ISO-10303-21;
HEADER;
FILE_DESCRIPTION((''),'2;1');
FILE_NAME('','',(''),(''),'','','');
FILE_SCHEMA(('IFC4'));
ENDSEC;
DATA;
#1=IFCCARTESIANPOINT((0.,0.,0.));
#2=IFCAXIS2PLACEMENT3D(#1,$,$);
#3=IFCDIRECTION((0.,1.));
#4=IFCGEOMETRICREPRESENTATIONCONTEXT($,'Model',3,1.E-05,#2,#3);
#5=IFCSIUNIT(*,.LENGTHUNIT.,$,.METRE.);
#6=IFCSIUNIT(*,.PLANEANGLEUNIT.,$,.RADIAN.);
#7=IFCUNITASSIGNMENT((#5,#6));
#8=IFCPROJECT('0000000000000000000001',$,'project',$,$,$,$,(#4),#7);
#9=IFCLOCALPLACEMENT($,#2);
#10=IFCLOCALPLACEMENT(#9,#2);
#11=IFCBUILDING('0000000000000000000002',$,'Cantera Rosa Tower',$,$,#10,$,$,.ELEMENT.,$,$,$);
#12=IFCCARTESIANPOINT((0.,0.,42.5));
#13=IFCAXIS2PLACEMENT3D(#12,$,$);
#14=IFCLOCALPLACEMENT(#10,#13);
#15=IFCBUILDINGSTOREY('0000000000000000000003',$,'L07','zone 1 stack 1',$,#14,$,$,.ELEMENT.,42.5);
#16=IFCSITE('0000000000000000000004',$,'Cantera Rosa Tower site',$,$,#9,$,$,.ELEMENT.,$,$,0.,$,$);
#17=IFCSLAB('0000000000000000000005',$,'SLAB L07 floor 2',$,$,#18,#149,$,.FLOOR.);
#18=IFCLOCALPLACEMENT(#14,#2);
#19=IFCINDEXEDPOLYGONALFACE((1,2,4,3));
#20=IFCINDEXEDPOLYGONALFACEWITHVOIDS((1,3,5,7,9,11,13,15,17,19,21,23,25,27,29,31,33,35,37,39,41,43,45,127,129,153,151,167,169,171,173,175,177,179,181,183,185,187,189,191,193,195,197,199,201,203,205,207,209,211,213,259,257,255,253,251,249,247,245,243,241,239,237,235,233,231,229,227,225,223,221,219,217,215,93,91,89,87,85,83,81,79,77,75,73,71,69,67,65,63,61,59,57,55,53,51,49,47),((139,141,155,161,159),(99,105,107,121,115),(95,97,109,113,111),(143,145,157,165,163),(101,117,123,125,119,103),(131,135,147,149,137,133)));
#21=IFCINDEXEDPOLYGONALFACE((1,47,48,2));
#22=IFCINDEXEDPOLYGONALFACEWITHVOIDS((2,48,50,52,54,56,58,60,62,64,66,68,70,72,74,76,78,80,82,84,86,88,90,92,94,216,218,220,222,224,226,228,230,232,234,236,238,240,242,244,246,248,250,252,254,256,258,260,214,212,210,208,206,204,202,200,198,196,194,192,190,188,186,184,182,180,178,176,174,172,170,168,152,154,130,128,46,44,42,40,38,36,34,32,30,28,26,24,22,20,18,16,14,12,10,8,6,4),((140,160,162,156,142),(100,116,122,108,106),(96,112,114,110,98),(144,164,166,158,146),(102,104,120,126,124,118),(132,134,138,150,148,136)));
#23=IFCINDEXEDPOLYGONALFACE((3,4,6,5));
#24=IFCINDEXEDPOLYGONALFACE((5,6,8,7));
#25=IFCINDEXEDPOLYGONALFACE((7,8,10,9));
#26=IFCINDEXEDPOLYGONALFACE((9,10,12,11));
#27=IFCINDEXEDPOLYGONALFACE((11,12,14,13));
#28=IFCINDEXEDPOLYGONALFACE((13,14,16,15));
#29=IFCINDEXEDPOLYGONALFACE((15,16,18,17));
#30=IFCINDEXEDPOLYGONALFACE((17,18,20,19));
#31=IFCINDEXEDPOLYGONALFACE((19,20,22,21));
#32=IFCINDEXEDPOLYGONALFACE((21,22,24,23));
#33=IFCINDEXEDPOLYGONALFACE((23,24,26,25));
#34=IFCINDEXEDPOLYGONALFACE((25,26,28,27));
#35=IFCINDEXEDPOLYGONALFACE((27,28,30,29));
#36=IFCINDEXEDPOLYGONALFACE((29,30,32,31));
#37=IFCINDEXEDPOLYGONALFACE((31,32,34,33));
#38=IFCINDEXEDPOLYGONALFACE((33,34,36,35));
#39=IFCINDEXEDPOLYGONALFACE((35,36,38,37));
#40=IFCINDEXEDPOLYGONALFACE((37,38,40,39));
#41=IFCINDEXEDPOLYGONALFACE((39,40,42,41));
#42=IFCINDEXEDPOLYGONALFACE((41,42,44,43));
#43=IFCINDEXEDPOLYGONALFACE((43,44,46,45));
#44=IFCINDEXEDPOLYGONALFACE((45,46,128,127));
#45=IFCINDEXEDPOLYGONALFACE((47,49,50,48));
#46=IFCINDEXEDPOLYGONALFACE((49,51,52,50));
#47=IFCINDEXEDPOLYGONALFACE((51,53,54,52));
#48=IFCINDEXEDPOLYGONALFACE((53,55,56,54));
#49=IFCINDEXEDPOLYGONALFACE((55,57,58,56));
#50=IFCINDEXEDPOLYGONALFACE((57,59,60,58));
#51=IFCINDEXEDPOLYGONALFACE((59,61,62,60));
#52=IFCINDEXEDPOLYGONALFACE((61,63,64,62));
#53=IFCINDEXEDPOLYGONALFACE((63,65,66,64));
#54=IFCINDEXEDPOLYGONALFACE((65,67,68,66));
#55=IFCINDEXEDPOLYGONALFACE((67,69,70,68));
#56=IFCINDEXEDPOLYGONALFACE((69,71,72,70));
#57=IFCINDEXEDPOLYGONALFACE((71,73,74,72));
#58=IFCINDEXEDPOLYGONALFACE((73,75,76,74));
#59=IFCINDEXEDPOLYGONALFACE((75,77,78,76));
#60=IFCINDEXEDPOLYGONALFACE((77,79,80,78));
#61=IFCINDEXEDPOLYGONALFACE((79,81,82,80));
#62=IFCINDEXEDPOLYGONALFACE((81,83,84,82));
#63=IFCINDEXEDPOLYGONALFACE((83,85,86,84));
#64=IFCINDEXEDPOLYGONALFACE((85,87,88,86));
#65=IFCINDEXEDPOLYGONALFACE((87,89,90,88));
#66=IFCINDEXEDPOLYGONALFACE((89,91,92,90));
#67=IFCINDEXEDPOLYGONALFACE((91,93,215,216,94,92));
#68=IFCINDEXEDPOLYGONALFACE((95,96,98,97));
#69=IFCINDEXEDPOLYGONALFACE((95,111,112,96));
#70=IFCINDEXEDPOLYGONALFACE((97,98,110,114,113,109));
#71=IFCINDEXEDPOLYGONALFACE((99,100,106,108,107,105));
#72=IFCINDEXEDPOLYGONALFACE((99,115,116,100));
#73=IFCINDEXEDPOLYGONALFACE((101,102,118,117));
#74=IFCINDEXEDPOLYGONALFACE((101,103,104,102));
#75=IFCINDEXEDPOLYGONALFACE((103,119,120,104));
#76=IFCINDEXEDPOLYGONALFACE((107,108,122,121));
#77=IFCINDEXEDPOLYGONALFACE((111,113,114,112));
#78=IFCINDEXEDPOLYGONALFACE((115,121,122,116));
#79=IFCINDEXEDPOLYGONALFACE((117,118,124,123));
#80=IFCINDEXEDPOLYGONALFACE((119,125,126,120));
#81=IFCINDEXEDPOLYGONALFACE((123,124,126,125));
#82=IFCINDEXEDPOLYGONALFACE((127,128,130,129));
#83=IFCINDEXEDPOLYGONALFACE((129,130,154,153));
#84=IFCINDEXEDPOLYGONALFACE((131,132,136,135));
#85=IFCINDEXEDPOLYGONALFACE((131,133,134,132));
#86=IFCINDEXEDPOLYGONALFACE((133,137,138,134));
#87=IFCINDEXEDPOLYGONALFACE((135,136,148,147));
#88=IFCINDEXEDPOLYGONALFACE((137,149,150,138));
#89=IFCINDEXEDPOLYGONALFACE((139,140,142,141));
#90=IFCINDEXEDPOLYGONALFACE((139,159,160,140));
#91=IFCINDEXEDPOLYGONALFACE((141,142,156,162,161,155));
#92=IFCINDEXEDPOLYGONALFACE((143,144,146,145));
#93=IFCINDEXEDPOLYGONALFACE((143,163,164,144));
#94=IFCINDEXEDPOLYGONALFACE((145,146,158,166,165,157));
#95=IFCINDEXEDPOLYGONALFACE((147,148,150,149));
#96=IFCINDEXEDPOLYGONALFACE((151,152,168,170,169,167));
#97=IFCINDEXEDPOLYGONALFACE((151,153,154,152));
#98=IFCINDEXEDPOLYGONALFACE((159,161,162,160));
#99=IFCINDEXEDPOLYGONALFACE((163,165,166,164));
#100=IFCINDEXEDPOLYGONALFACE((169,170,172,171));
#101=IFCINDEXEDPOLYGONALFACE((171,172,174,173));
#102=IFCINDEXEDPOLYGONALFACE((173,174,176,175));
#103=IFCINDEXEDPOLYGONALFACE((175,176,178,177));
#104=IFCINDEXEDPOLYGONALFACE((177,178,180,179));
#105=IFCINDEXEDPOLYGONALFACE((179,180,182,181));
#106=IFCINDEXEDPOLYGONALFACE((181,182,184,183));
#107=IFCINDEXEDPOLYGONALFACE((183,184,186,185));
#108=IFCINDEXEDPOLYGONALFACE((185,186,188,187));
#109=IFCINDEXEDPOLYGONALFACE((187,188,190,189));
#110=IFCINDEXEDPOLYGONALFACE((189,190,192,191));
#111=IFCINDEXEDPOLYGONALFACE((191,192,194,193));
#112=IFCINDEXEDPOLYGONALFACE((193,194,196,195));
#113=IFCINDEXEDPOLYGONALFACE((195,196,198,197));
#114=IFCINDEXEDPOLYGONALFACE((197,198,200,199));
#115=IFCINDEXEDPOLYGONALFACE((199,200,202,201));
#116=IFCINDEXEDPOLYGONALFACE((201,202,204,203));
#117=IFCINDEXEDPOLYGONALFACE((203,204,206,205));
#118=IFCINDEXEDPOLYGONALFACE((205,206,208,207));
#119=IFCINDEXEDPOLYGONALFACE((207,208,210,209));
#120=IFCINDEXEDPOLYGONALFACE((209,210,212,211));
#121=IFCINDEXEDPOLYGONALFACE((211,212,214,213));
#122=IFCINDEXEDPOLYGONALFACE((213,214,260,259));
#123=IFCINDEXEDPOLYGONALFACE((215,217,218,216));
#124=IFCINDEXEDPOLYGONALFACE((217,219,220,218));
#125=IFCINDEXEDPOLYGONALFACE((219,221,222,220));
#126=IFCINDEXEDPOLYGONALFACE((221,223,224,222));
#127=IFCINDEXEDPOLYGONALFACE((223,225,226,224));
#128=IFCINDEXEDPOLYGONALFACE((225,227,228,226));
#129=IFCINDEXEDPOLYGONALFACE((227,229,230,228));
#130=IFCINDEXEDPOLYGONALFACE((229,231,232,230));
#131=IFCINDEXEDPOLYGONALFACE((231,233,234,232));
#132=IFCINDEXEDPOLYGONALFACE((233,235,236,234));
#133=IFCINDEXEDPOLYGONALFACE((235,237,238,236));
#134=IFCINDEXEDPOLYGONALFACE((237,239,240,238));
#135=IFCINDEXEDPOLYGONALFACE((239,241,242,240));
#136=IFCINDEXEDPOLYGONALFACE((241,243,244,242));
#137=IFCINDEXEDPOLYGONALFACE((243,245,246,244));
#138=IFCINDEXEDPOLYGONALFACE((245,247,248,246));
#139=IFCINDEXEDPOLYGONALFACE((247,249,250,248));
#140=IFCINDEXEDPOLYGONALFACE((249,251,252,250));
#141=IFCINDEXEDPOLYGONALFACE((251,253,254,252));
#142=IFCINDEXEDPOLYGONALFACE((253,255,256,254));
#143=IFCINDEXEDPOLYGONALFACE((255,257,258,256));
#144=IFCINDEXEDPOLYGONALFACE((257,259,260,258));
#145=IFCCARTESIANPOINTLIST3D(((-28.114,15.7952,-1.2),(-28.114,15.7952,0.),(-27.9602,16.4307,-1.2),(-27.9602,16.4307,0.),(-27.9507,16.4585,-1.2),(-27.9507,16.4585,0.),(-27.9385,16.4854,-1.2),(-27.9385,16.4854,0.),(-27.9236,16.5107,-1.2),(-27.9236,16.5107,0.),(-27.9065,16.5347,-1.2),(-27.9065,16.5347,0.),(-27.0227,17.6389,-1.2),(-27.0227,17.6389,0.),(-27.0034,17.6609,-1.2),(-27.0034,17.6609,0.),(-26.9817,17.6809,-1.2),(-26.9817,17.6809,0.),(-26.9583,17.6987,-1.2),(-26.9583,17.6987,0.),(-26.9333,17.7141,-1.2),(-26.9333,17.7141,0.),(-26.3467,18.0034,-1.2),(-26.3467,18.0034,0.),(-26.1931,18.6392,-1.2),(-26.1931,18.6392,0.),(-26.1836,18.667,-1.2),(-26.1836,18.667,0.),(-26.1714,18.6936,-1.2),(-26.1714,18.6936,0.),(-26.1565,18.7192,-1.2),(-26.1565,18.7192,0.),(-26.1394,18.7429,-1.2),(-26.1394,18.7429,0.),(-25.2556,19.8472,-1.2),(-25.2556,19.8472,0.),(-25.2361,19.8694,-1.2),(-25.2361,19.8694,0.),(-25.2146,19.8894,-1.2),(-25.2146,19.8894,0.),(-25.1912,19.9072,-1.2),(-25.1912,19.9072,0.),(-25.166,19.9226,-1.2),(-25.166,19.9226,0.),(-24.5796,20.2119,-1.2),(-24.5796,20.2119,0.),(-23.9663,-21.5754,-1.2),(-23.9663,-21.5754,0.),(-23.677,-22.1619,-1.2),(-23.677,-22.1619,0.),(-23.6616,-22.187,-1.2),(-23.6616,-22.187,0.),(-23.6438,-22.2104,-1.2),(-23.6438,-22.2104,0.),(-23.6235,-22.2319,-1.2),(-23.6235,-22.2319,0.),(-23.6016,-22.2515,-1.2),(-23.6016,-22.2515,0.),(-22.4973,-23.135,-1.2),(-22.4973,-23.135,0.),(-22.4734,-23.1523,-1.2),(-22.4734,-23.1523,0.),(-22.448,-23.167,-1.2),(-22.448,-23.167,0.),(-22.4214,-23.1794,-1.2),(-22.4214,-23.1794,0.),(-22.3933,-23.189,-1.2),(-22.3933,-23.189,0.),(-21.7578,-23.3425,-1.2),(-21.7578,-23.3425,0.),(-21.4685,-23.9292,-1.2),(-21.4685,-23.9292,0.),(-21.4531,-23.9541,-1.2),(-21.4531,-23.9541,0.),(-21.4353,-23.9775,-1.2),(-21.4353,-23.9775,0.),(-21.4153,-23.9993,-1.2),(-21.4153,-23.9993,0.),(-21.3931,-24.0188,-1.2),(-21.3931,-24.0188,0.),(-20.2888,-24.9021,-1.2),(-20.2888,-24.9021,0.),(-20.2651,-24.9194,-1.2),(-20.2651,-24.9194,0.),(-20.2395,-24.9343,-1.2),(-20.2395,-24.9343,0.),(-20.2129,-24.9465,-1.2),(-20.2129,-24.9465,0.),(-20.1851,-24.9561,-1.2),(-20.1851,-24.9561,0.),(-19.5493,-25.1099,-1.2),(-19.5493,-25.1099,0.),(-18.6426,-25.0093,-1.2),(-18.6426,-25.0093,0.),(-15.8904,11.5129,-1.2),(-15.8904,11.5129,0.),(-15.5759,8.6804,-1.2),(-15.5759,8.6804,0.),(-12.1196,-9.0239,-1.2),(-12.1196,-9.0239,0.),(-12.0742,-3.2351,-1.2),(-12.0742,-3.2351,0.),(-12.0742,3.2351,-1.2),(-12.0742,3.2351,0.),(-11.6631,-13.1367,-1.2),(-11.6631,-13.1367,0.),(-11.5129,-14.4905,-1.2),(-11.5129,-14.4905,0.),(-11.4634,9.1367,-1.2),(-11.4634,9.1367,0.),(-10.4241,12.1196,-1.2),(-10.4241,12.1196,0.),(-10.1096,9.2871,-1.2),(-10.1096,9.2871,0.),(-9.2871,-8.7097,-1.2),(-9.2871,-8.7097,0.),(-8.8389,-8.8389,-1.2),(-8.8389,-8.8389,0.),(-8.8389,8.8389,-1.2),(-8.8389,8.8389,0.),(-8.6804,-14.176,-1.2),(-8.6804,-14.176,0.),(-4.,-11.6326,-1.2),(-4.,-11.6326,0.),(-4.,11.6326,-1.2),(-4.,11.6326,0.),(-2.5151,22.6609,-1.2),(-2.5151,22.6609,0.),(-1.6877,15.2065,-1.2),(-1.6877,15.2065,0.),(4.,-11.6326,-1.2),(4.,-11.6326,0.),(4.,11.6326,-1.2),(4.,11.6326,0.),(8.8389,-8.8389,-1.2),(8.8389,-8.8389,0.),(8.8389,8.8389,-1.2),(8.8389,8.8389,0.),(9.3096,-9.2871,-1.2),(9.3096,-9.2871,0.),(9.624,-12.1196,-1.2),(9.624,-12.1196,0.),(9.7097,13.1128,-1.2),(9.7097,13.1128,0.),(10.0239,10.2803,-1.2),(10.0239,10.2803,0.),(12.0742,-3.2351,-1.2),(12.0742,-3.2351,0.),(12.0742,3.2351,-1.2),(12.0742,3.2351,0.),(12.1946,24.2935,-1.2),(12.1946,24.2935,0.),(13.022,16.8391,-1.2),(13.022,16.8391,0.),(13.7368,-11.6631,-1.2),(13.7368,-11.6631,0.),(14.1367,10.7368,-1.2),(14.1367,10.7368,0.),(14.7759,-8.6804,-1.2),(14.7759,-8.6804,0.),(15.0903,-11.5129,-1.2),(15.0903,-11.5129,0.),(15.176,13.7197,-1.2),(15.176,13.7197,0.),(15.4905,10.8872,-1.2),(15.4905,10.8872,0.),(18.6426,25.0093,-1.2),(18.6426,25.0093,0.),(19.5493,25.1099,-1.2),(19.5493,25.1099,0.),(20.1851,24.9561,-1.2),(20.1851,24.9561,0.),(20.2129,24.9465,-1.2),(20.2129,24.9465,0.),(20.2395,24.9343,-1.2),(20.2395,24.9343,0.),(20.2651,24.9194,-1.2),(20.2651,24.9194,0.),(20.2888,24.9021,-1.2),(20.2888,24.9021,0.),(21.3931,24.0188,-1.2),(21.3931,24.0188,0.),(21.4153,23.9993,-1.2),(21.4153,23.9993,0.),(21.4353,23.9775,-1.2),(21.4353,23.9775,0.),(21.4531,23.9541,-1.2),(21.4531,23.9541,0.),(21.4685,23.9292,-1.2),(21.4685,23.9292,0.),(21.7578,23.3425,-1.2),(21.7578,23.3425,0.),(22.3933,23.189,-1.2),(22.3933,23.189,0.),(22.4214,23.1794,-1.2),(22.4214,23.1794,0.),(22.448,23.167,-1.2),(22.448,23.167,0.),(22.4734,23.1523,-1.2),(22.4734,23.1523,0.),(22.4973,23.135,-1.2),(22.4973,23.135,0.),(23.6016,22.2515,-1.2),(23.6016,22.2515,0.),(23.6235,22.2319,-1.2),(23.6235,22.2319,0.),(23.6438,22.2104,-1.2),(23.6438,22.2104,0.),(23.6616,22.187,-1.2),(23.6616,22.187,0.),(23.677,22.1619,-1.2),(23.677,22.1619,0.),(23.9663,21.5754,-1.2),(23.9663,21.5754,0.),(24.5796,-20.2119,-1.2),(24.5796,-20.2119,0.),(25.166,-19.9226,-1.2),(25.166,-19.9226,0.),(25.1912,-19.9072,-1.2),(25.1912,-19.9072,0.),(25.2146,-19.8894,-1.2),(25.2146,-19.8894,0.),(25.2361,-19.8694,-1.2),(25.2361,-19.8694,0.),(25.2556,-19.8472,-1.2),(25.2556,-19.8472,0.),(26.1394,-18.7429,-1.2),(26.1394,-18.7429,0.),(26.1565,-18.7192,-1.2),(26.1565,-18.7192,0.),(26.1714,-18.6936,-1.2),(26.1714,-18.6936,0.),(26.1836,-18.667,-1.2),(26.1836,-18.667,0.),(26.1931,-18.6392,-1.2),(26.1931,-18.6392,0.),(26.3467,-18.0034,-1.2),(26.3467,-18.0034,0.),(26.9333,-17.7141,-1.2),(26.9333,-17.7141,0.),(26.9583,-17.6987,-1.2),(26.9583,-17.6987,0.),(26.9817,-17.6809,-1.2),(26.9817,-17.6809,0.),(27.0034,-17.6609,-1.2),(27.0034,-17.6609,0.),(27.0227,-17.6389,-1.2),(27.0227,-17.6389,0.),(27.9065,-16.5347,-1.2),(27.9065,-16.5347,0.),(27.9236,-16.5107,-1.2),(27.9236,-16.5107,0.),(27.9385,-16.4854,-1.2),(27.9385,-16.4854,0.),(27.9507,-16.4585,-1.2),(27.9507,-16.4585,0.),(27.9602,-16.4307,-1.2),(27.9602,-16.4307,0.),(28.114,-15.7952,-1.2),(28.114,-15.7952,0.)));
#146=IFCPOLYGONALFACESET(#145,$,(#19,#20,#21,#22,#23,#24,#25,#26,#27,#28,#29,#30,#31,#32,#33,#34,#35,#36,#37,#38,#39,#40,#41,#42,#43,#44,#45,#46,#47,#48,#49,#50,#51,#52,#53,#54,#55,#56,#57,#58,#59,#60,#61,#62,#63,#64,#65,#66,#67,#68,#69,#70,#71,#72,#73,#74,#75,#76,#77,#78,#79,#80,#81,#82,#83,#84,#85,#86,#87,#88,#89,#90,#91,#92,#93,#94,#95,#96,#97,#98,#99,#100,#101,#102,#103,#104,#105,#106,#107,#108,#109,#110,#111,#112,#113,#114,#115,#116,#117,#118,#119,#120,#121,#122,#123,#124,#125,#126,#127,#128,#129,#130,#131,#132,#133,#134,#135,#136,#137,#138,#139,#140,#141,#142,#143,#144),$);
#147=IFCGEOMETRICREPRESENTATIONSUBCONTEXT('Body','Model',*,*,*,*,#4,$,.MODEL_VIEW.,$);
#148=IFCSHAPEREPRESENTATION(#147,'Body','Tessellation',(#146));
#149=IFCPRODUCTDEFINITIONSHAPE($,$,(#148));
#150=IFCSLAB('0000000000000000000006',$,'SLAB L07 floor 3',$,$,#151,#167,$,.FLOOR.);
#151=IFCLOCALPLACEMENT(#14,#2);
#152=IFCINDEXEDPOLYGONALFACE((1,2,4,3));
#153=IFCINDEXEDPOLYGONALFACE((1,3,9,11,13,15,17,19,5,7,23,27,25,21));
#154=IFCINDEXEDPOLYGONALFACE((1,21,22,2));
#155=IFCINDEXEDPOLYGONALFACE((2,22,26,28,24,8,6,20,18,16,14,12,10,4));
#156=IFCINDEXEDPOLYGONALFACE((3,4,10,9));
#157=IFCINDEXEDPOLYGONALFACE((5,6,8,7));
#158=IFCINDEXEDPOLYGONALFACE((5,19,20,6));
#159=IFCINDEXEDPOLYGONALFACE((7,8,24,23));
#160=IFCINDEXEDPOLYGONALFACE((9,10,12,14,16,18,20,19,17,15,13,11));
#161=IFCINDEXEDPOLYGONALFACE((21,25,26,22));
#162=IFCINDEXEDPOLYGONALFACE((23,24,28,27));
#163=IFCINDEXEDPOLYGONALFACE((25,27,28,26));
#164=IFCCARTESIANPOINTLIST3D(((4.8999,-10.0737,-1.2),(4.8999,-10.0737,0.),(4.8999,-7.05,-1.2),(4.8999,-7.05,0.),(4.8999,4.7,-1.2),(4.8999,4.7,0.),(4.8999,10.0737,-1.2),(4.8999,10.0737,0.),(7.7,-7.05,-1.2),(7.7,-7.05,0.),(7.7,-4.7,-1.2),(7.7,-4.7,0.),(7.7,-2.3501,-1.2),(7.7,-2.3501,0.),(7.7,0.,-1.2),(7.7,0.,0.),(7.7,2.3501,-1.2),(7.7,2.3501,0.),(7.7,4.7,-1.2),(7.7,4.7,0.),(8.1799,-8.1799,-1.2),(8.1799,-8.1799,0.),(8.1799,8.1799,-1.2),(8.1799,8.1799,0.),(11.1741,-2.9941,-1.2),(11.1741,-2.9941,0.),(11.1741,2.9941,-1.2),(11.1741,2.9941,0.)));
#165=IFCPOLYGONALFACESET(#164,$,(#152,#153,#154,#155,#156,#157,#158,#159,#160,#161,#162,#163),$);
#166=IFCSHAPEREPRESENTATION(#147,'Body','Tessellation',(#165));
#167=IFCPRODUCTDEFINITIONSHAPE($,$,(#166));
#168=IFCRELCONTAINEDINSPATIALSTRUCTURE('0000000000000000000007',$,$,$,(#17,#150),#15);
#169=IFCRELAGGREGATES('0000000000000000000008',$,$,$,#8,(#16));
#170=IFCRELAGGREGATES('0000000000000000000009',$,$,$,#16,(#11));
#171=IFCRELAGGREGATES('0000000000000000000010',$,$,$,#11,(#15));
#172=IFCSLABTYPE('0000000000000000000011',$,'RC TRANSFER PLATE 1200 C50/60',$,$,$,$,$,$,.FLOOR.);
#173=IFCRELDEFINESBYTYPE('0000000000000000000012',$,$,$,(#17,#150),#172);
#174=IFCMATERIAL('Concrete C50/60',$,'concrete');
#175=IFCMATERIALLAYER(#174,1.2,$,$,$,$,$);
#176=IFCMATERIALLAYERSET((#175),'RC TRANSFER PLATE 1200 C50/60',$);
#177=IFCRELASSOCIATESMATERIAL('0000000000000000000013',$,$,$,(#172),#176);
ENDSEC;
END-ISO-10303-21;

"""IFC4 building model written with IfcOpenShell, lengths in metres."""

from ifc_helpers import new_model, si_unit, direction, frame, origin, place, context, subcontext, project, spatial, polyline, outline, extrude, material, layer, layer_set, type_object, element, save


model = new_model("IFC4")

# Units and contexts
model_context = context("Model", 3, precision=1e-05, world=origin(), true_north=direction((0.0, 1.0)))
body_context = subcontext(model_context, "Body", "Model", "MODEL_VIEW")
ifc_project = project(units=[si_unit("LENGTHUNIT", "METRE"), si_unit("PLANEANGLEUNIT", "RADIAN")], contexts=[model_context])

# Site, building, storey
site_placement = place(None, origin())
site = spatial("IfcSite", under=ifc_project, at=site_placement, Name="Cantera Rosa Tower site", CompositionType="ELEMENT", RefElevation=0.0)
building_placement = place(site_placement, origin())
building = spatial("IfcBuilding", under=site, at=building_placement, Name="Cantera Rosa Tower", CompositionType="ELEMENT")
storey_placement = place(building_placement, frame((0.0, 0.0, 42.5)))
storey = spatial("IfcBuildingStorey", under=building, at=storey_placement, Name="L07", Description="zone 1 stack 1", CompositionType="ELEMENT", Elevation=42.5)

# Slabs
ifc_material_1 = material(Name="Concrete C50/60", Category="concrete")
ifc_layer_1 = layer(ifc_material_1, 1.2)
ifc_layer_set_1 = layer_set([ifc_layer_1], Name="RC TRANSFER PLATE 1200 C50/60")
slab_type_1 = type_object("IfcSlabType", Name="RC TRANSFER PLATE 1200 C50/60", PredefinedType="FLOOR", material=ifc_layer_set_1)
slab_1_placement = place(storey_placement, frame((0.0, 0.0, -1.2)))
element("IfcSlab", 1, at=slab_1_placement, inside=storey, type_object=slab_type_1, Name="SLAB L07 floor 2", PredefinedType="FLOOR", context=body_context, shape_type="SweptSolid", body=[
    extrude(outline(polyline([(-21.3931, -24.0188), (-21.4153, -23.9993), (-21.4353, -23.9775), (-21.4531, -23.9541), (-21.4685, -23.9292), (-21.7578, -23.3425), (-22.3933, -23.189), (-22.4214, -23.1794), (-22.448, -23.167), (-22.4734, -23.1523), (-22.4973, -23.135), (-23.6016, -22.2515), (-23.6235, -22.2319), (-23.6438, -22.2104), (-23.6616, -22.187), (-23.677, -22.1619), (-23.9663, -21.5754), (-28.114, 15.7952), (-27.9602, 16.4307), (-27.9507, 16.4585), (-27.9385, 16.4854), (-27.9236, 16.5107), (-27.9065, 16.5347), (-27.0227, 17.6389), (-27.0034, 17.6609), (-26.9817, 17.6809), (-26.9583, 17.6987), (-26.9333, 17.7141), (-26.3467, 18.0034), (-26.1931, 18.6392), (-26.1836, 18.667), (-26.1714, 18.6936), (-26.1565, 18.7192), (-26.1394, 18.7429), (-25.2556, 19.8472), (-25.2361, 19.8694), (-25.2146, 19.8894), (-25.1912, 19.9072), (-25.166, 19.9226), (-24.5796, 20.2119), (-2.5151, 22.6609), (-1.6877, 15.2065), (13.022, 16.8391), (12.1946, 24.2935), (18.6426, 25.0093), (19.5493, 25.1099), (20.1851, 24.9561), (20.2129, 24.9465), (20.2395, 24.9343), (20.2651, 24.9194), (20.2888, 24.9021), (21.3931, 24.0188), (21.4153, 23.9993), (21.4353, 23.9775), (21.4531, 23.9541), (21.4685, 23.9292), (21.7578, 23.3425), (22.3933, 23.189), (22.4214, 23.1794), (22.448, 23.167), (22.4734, 23.1523), (22.4973, 23.135), (23.6016, 22.2515), (23.6235, 22.2319), (23.6438, 22.2104), (23.6616, 22.187), (23.677, 22.1619), (23.9663, 21.5754), (28.114, -15.7952), (27.9602, -16.4307), (27.9507, -16.4585), (27.9385, -16.4854), (27.9236, -16.5107), (27.9065, -16.5347), (27.0227, -17.6389), (27.0034, -17.6609), (26.9817, -17.6809), (26.9583, -17.6987), (26.9333, -17.7141), (26.3467, -18.0034), (26.1931, -18.6392), (26.1836, -18.667), (26.1714, -18.6936), (26.1565, -18.7192), (26.1394, -18.7429), (25.2556, -19.8472), (25.2361, -19.8694), (25.2146, -19.8894), (25.1912, -19.9072), (25.166, -19.9226), (24.5796, -20.2119), (-18.6426, -25.0093), (-19.5493, -25.1099), (-20.1851, -24.9561), (-20.2129, -24.9465), (-20.2395, -24.9343), (-20.2651, -24.9194), (-20.2888, -24.9021), (-21.3931, -24.0188)]), holes=[polyline([(-8.6804, -14.176), (-9.2871, -8.7097), (-12.1196, -9.0239), (-11.6631, -13.1367), (-11.5129, -14.4905), (-8.6804, -14.176)]), polyline([(-12.0742, 3.2351), (-12.0742, -3.2351), (-8.8389, -8.8389), (-4.0, -11.6326), (-4.0, 11.6326), (-8.8389, 8.8389), (-12.0742, 3.2351)]), polyline([(-10.4241, 12.1196), (-15.8904, 11.5129), (-15.5759, 8.6804), (-11.4634, 9.1367), (-10.1096, 9.2871), (-10.4241, 12.1196)]), polyline([(9.3096, -9.2871), (9.624, -12.1196), (13.7368, -11.6631), (15.0903, -11.5129), (14.7759, -8.6804), (9.3096, -9.2871)]), polyline([(12.0742, -3.2351), (12.0742, 3.2351), (8.8389, 8.8389), (4.0, 11.6326), (4.0, -11.6326), (8.8389, -8.8389), (12.0742, -3.2351)]), polyline([(15.176, 13.7197), (9.7097, 13.1128), (10.0239, 10.2803), (14.1367, 10.7368), (15.4905, 10.8872), (15.176, 13.7197)])]), origin(), (0.0, 0.0, 1.0), 1.2),
])
slab_2_placement = place(storey_placement, frame((0.0, 0.0, -1.2)))
element("IfcSlab", 2, at=slab_2_placement, inside=storey, type_object=slab_type_1, Name="SLAB L07 floor 3", PredefinedType="FLOOR", context=body_context, shape_type="SweptSolid", body=[
    extrude(outline(polyline([(7.7, 0.0), (7.7, 2.3501), (7.7, 4.7), (4.8999, 4.7), (4.8999, 10.0737), (8.1799, 8.1799), (11.1741, 2.9941), (11.1741, -2.9941), (8.1799, -8.1799), (4.8999, -10.0737), (4.8999, -7.05), (7.7, -7.05), (7.7, -4.7), (7.7, -2.3501), (7.7, 0.0)])), origin(), (0.0, 0.0, 1.0), 1.2),
])

save(model, "model.ifc")
